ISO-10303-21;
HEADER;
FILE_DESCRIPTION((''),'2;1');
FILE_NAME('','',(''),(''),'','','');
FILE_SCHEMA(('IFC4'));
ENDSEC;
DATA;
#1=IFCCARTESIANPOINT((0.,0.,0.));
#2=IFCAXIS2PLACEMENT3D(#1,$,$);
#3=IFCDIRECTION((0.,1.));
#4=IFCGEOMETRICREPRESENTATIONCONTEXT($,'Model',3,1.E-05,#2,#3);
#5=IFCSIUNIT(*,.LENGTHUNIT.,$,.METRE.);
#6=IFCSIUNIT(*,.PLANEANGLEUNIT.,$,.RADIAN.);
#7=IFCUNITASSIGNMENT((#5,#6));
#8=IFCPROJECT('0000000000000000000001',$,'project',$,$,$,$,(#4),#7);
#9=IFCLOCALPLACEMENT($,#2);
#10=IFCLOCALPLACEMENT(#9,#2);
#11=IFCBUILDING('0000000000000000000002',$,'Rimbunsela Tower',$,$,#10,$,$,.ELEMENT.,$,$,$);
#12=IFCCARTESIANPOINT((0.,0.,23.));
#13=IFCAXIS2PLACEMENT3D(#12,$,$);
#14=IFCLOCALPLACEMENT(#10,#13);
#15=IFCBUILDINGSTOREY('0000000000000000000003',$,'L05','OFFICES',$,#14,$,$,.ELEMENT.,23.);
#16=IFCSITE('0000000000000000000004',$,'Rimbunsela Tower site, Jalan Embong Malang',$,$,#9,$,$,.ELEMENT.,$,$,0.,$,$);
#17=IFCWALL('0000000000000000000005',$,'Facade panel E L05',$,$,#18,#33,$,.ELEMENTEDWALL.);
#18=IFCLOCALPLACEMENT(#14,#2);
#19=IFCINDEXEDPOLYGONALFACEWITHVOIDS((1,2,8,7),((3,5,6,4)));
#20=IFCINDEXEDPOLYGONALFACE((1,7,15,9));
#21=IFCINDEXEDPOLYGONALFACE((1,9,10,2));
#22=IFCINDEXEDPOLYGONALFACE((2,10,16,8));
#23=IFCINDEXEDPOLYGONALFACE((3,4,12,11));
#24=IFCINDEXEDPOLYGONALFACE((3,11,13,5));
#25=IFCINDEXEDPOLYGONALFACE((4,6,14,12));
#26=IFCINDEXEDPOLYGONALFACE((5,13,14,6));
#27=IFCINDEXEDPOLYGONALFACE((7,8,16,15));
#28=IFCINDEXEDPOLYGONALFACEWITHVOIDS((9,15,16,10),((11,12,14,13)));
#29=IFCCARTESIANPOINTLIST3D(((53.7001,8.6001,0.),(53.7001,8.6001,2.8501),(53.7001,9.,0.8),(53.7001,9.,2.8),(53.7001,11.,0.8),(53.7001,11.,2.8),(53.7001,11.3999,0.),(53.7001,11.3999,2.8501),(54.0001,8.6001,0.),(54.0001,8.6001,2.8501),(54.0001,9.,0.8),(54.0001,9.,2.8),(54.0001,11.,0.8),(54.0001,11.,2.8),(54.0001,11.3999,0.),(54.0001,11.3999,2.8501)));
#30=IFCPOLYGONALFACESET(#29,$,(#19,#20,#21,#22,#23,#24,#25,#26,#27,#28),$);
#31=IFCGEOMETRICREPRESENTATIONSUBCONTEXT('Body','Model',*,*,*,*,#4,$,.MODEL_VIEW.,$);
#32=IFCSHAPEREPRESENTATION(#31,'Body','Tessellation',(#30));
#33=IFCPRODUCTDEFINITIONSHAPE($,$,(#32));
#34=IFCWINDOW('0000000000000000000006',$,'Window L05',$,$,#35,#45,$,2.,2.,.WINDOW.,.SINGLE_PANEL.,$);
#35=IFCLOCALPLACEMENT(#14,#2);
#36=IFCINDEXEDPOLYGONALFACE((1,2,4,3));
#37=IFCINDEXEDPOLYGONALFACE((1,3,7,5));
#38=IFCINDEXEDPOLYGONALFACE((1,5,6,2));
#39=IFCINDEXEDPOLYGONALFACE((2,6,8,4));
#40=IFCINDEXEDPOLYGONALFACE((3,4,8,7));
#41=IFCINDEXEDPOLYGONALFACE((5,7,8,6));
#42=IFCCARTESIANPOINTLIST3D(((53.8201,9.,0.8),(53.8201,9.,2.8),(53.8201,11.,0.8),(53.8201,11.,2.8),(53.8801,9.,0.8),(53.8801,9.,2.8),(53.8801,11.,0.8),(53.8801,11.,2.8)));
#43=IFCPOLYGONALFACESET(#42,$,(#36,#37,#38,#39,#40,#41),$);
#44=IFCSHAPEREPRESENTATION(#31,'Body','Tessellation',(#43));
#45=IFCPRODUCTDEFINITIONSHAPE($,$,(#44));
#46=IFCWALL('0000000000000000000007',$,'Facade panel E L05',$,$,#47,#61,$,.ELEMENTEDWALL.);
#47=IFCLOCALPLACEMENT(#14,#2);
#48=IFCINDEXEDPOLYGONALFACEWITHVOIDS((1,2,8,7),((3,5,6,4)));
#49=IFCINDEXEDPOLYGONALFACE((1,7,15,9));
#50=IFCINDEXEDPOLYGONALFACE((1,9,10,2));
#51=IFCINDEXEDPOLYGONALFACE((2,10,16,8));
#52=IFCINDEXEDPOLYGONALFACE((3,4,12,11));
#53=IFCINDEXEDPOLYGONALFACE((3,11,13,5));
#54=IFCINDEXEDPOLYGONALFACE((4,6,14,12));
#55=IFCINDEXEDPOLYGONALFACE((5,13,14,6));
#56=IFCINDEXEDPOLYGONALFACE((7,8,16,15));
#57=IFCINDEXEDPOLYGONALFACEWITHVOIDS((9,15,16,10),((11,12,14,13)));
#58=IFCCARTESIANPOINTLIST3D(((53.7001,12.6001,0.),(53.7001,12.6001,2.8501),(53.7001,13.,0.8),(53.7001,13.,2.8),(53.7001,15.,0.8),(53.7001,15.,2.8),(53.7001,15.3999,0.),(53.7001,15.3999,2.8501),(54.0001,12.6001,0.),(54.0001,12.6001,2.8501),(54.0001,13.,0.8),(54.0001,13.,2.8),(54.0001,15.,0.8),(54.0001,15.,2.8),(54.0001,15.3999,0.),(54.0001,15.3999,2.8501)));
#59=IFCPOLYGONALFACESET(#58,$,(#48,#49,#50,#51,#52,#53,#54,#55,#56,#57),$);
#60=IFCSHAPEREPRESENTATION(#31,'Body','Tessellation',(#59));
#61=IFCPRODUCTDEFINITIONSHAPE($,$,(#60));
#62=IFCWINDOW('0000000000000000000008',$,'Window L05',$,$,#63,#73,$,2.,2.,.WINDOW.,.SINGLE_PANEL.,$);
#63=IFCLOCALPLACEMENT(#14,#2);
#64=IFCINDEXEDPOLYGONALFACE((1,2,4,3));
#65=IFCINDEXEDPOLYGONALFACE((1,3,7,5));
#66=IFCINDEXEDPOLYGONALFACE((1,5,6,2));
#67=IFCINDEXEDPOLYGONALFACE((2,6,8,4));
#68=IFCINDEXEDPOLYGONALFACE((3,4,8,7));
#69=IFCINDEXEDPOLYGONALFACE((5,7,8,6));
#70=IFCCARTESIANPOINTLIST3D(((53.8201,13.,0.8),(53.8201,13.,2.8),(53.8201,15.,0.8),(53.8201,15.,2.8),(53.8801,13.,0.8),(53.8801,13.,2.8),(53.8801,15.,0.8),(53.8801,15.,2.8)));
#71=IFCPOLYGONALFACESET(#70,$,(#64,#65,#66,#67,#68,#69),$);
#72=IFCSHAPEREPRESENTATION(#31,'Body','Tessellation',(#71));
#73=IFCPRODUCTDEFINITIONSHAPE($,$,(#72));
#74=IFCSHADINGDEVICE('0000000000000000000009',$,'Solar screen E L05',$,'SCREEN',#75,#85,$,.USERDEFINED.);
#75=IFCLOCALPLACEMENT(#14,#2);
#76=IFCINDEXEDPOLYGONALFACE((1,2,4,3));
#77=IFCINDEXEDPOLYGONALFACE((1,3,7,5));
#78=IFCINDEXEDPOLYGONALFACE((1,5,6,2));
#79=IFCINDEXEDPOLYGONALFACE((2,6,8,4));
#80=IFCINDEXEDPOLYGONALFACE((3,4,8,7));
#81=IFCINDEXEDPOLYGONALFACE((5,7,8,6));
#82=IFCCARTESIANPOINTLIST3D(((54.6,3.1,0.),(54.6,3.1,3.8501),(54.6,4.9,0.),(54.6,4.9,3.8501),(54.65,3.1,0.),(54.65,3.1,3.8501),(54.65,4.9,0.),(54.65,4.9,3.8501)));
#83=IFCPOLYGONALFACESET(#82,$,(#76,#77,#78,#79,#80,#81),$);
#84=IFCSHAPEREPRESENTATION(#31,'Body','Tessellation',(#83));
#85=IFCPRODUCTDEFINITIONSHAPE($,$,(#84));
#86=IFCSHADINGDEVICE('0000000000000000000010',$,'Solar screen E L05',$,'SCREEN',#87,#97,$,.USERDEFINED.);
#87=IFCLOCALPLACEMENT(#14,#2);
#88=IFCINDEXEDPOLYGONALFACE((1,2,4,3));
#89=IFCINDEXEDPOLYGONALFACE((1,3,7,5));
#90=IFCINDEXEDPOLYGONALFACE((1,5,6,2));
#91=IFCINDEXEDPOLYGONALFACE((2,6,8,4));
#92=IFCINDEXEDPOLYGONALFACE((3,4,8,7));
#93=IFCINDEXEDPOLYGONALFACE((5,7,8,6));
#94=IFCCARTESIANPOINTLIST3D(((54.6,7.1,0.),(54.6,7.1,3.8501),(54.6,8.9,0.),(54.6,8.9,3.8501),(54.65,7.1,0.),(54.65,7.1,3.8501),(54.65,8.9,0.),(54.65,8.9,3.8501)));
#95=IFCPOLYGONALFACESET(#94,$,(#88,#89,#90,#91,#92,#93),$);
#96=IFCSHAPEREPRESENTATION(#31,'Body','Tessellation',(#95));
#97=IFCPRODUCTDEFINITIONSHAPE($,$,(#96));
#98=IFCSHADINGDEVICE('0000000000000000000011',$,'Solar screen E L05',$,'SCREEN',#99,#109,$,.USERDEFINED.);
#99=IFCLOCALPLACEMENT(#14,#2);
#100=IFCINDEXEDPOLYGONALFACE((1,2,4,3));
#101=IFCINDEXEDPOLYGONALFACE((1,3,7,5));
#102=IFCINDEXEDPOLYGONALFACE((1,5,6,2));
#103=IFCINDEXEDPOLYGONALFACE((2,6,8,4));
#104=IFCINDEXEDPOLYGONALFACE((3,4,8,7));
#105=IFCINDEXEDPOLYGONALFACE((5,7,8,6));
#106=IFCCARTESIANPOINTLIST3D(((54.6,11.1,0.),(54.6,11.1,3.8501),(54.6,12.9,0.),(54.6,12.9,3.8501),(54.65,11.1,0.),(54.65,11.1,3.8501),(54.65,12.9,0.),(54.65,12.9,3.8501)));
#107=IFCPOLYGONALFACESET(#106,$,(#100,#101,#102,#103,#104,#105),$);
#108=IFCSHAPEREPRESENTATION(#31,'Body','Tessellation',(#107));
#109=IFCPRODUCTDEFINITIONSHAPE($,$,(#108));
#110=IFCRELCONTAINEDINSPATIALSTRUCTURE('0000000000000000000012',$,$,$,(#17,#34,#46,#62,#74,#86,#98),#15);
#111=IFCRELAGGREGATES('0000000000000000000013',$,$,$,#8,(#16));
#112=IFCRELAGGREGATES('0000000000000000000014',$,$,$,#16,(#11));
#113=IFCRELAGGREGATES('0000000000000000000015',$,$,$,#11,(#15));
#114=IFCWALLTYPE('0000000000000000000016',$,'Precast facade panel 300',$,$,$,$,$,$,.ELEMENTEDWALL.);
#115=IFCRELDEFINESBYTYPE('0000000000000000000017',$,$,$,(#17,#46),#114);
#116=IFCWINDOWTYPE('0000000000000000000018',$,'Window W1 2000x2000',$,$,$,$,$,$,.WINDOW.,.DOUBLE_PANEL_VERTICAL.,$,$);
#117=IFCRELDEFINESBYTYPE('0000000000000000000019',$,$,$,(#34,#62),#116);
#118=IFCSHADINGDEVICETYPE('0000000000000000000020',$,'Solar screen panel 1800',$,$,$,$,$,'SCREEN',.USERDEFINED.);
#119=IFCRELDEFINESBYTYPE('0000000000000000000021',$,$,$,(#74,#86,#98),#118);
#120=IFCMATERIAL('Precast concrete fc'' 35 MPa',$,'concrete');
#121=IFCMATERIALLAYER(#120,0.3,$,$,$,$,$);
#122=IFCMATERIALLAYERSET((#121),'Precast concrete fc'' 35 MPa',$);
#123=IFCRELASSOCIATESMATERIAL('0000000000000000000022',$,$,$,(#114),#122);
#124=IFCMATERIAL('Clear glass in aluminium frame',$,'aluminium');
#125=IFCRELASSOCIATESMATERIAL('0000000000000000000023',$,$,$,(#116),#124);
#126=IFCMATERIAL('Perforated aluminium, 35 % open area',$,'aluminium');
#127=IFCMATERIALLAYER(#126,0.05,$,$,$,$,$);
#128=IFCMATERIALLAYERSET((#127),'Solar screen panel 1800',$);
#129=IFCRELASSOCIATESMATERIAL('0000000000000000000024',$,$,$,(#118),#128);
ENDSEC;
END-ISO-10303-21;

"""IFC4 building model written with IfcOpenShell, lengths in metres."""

from ifc_helpers import new_model, si_unit, direction, frame, frame_2d, origin, origin_2d, place, context, subcontext, project, spatial, rectangle, extrude, material, layer, layer_set, type_object, element, fill, save


model = new_model("IFC4")

# Units and contexts
model_context = context("Model", 3, precision=1e-05, world=origin(), true_north=direction((0.0, 1.0)))
body_context = subcontext(model_context, "Body", "Model", "MODEL_VIEW")
ifc_project = project(units=[si_unit("LENGTHUNIT", "METRE"), si_unit("PLANEANGLEUNIT", "RADIAN")], contexts=[model_context])

# Site, building, storey
site_placement = place(None, origin())
site = spatial("IfcSite", under=ifc_project, at=site_placement, Name="Rimbunsela Tower site, Jalan Embong Malang", CompositionType="ELEMENT", RefElevation=0.0)
building_placement = place(site_placement, origin())
building = spatial("IfcBuilding", under=site, at=building_placement, Name="Rimbunsela Tower", CompositionType="ELEMENT")
storey_placement = place(building_placement, frame((0.0, 0.0, 23.0)))
storey = spatial("IfcBuildingStorey", under=building, at=storey_placement, Name="L05", Description="OFFICES", CompositionType="ELEMENT", Elevation=23.0)

# Walls, openings, windows
ifc_material_1 = material(Name="Precast concrete fc' 35 MPa", Category="concrete")
ifc_layer_1 = layer(ifc_material_1, 0.3)
ifc_layer_set_1 = layer_set([ifc_layer_1], Name="Precast concrete fc' 35 MPa")
wall_type_1 = type_object("IfcWallType", Name="Precast facade panel 300", PredefinedType="ELEMENTEDWALL", material=ifc_layer_set_1)
ifc_material_2 = material(Name="Clear glass in aluminium frame", Category="aluminium")
window_type = type_object("IfcWindowType", Name="Window W1 2000x2000", PartitioningType="DOUBLE_PANEL_VERTICAL", PredefinedType="WINDOW", material=ifc_material_2)
wall_1_placement = place(storey_placement, frame((53.8501, 8.6001, 0.0), z_axis=(0.0, 0.0, 1.0), x_axis=(0.0, 1.0, 0.0)))
wall_1 = element("IfcWall", 1, at=wall_1_placement, inside=storey, type_object=wall_type_1, Name="Facade panel E L05", PredefinedType="ELEMENTEDWALL", context=body_context, shape_type="SweptSolid", body=[
    extrude(rectangle(XDim=2.7998, YDim=0.3, at=frame_2d((1.3999, 0.0))), origin(), (0.0, 0.0, 1.0), 2.8501),
])
opening_1_placement = place(wall_1_placement, frame((0.3999, 0.0, 0.8)))
opening_1 = element("IfcOpeningElement", 2, at=opening_1_placement, cuts=wall_1, PredefinedType="OPENING", context=body_context, shape_type="SweptSolid", body=[
    extrude(rectangle(XDim=2.0, YDim=2.0, at=frame_2d((1.0, 1.0))), frame((0.0, 0.1599, 0.0), z_axis=(0.0, -1.0, 0.0), x_axis=(1.0, 0.0, 0.0)), (0.0, 0.0, 1.0), 0.3201),
])
window_1_placement = place(opening_1_placement, origin())
window_1 = element("IfcWindow", 3, at=window_1_placement, inside=storey, type_object=window_type, Name="Window L05", OverallHeight=2.0, OverallWidth=2.0, PartitioningType="SINGLE_PANEL", PredefinedType="WINDOW", context=body_context, shape_type="SweptSolid", body=[
    extrude(rectangle(XDim=2.0, YDim=2.0, at=frame_2d((1.0, 1.0))), frame((0.0, 0.03, 0.0), z_axis=(0.0, -1.0, 0.0), x_axis=(1.0, 0.0, 0.0)), (0.0, 0.0, 1.0), 0.0601),
])
fill(opening_1, window_1)
wall_2_placement = place(storey_placement, frame((53.8501, 12.6001, 0.0), z_axis=(0.0, 0.0, 1.0), x_axis=(0.0, 1.0, 0.0)))
wall_2 = element("IfcWall", 4, at=wall_2_placement, inside=storey, type_object=wall_type_1, Name="Facade panel E L05", PredefinedType="ELEMENTEDWALL", context=body_context, shape_type="SweptSolid", body=[
    extrude(rectangle(XDim=2.7998, YDim=0.3, at=frame_2d((1.3999, 0.0))), origin(), (0.0, 0.0, 1.0), 2.8501),
])
opening_2_placement = place(wall_2_placement, frame((0.3999, 0.0, 0.8)))
opening_2 = element("IfcOpeningElement", 5, at=opening_2_placement, cuts=wall_2, PredefinedType="OPENING", context=body_context, shape_type="SweptSolid", body=[
    extrude(rectangle(XDim=2.0, YDim=2.0, at=frame_2d((1.0, 1.0))), frame((0.0, 0.1599, 0.0), z_axis=(0.0, -1.0, 0.0), x_axis=(1.0, 0.0, 0.0)), (0.0, 0.0, 1.0), 0.3201),
])
window_2_placement = place(opening_2_placement, origin())
window_2 = element("IfcWindow", 6, at=window_2_placement, inside=storey, type_object=window_type, Name="Window L05", OverallHeight=2.0, OverallWidth=2.0, PartitioningType="SINGLE_PANEL", PredefinedType="WINDOW", context=body_context, shape_type="SweptSolid", body=[
    extrude(rectangle(XDim=2.0, YDim=2.0, at=frame_2d((1.0, 1.0))), frame((0.0, 0.03, 0.0), z_axis=(0.0, -1.0, 0.0), x_axis=(1.0, 0.0, 0.0)), (0.0, 0.0, 1.0), 0.0601),
])
fill(opening_2, window_2)

# Shading devices
ifc_material_3 = material(Name="Perforated aluminium, 35 % open area", Category="aluminium")
ifc_layer_2 = layer(ifc_material_3, 0.05)
ifc_layer_set_2 = layer_set([ifc_layer_2], Name="Solar screen panel 1800")
shading_device_type = type_object("IfcShadingDeviceType", Name="Solar screen panel 1800", ElementType="SCREEN", PredefinedType="USERDEFINED", material=ifc_layer_set_2)
for number, where, z_axis, x_axis, name in (
    (7, (54.625, 4.0, 0.0), (0.0, 0.0, 1.0), (0.0, 1.0, 0.0), "Solar screen E L05"),
    (8, (54.625, 8.0, 0.0), (0.0, 0.0, 1.0), (0.0, 1.0, 0.0), "Solar screen E L05"),
    (9, (54.625, 12.0, 0.0), (0.0, 0.0, 1.0), (0.0, 1.0, 0.0), "Solar screen E L05"),
):
    element("IfcShadingDevice", number, at=place(storey_placement, frame(where, z_axis=z_axis, x_axis=x_axis)), inside=storey, type_object=shading_device_type, Name=name, ObjectType="SCREEN", PredefinedType="USERDEFINED", context=body_context, shape_type="SweptSolid", body=[
        extrude(rectangle(XDim=1.8, YDim=0.05, at=origin_2d()), origin(), (0.0, 0.0, 1.0), 3.8501),
    ])

save(model, "model.ifc")
